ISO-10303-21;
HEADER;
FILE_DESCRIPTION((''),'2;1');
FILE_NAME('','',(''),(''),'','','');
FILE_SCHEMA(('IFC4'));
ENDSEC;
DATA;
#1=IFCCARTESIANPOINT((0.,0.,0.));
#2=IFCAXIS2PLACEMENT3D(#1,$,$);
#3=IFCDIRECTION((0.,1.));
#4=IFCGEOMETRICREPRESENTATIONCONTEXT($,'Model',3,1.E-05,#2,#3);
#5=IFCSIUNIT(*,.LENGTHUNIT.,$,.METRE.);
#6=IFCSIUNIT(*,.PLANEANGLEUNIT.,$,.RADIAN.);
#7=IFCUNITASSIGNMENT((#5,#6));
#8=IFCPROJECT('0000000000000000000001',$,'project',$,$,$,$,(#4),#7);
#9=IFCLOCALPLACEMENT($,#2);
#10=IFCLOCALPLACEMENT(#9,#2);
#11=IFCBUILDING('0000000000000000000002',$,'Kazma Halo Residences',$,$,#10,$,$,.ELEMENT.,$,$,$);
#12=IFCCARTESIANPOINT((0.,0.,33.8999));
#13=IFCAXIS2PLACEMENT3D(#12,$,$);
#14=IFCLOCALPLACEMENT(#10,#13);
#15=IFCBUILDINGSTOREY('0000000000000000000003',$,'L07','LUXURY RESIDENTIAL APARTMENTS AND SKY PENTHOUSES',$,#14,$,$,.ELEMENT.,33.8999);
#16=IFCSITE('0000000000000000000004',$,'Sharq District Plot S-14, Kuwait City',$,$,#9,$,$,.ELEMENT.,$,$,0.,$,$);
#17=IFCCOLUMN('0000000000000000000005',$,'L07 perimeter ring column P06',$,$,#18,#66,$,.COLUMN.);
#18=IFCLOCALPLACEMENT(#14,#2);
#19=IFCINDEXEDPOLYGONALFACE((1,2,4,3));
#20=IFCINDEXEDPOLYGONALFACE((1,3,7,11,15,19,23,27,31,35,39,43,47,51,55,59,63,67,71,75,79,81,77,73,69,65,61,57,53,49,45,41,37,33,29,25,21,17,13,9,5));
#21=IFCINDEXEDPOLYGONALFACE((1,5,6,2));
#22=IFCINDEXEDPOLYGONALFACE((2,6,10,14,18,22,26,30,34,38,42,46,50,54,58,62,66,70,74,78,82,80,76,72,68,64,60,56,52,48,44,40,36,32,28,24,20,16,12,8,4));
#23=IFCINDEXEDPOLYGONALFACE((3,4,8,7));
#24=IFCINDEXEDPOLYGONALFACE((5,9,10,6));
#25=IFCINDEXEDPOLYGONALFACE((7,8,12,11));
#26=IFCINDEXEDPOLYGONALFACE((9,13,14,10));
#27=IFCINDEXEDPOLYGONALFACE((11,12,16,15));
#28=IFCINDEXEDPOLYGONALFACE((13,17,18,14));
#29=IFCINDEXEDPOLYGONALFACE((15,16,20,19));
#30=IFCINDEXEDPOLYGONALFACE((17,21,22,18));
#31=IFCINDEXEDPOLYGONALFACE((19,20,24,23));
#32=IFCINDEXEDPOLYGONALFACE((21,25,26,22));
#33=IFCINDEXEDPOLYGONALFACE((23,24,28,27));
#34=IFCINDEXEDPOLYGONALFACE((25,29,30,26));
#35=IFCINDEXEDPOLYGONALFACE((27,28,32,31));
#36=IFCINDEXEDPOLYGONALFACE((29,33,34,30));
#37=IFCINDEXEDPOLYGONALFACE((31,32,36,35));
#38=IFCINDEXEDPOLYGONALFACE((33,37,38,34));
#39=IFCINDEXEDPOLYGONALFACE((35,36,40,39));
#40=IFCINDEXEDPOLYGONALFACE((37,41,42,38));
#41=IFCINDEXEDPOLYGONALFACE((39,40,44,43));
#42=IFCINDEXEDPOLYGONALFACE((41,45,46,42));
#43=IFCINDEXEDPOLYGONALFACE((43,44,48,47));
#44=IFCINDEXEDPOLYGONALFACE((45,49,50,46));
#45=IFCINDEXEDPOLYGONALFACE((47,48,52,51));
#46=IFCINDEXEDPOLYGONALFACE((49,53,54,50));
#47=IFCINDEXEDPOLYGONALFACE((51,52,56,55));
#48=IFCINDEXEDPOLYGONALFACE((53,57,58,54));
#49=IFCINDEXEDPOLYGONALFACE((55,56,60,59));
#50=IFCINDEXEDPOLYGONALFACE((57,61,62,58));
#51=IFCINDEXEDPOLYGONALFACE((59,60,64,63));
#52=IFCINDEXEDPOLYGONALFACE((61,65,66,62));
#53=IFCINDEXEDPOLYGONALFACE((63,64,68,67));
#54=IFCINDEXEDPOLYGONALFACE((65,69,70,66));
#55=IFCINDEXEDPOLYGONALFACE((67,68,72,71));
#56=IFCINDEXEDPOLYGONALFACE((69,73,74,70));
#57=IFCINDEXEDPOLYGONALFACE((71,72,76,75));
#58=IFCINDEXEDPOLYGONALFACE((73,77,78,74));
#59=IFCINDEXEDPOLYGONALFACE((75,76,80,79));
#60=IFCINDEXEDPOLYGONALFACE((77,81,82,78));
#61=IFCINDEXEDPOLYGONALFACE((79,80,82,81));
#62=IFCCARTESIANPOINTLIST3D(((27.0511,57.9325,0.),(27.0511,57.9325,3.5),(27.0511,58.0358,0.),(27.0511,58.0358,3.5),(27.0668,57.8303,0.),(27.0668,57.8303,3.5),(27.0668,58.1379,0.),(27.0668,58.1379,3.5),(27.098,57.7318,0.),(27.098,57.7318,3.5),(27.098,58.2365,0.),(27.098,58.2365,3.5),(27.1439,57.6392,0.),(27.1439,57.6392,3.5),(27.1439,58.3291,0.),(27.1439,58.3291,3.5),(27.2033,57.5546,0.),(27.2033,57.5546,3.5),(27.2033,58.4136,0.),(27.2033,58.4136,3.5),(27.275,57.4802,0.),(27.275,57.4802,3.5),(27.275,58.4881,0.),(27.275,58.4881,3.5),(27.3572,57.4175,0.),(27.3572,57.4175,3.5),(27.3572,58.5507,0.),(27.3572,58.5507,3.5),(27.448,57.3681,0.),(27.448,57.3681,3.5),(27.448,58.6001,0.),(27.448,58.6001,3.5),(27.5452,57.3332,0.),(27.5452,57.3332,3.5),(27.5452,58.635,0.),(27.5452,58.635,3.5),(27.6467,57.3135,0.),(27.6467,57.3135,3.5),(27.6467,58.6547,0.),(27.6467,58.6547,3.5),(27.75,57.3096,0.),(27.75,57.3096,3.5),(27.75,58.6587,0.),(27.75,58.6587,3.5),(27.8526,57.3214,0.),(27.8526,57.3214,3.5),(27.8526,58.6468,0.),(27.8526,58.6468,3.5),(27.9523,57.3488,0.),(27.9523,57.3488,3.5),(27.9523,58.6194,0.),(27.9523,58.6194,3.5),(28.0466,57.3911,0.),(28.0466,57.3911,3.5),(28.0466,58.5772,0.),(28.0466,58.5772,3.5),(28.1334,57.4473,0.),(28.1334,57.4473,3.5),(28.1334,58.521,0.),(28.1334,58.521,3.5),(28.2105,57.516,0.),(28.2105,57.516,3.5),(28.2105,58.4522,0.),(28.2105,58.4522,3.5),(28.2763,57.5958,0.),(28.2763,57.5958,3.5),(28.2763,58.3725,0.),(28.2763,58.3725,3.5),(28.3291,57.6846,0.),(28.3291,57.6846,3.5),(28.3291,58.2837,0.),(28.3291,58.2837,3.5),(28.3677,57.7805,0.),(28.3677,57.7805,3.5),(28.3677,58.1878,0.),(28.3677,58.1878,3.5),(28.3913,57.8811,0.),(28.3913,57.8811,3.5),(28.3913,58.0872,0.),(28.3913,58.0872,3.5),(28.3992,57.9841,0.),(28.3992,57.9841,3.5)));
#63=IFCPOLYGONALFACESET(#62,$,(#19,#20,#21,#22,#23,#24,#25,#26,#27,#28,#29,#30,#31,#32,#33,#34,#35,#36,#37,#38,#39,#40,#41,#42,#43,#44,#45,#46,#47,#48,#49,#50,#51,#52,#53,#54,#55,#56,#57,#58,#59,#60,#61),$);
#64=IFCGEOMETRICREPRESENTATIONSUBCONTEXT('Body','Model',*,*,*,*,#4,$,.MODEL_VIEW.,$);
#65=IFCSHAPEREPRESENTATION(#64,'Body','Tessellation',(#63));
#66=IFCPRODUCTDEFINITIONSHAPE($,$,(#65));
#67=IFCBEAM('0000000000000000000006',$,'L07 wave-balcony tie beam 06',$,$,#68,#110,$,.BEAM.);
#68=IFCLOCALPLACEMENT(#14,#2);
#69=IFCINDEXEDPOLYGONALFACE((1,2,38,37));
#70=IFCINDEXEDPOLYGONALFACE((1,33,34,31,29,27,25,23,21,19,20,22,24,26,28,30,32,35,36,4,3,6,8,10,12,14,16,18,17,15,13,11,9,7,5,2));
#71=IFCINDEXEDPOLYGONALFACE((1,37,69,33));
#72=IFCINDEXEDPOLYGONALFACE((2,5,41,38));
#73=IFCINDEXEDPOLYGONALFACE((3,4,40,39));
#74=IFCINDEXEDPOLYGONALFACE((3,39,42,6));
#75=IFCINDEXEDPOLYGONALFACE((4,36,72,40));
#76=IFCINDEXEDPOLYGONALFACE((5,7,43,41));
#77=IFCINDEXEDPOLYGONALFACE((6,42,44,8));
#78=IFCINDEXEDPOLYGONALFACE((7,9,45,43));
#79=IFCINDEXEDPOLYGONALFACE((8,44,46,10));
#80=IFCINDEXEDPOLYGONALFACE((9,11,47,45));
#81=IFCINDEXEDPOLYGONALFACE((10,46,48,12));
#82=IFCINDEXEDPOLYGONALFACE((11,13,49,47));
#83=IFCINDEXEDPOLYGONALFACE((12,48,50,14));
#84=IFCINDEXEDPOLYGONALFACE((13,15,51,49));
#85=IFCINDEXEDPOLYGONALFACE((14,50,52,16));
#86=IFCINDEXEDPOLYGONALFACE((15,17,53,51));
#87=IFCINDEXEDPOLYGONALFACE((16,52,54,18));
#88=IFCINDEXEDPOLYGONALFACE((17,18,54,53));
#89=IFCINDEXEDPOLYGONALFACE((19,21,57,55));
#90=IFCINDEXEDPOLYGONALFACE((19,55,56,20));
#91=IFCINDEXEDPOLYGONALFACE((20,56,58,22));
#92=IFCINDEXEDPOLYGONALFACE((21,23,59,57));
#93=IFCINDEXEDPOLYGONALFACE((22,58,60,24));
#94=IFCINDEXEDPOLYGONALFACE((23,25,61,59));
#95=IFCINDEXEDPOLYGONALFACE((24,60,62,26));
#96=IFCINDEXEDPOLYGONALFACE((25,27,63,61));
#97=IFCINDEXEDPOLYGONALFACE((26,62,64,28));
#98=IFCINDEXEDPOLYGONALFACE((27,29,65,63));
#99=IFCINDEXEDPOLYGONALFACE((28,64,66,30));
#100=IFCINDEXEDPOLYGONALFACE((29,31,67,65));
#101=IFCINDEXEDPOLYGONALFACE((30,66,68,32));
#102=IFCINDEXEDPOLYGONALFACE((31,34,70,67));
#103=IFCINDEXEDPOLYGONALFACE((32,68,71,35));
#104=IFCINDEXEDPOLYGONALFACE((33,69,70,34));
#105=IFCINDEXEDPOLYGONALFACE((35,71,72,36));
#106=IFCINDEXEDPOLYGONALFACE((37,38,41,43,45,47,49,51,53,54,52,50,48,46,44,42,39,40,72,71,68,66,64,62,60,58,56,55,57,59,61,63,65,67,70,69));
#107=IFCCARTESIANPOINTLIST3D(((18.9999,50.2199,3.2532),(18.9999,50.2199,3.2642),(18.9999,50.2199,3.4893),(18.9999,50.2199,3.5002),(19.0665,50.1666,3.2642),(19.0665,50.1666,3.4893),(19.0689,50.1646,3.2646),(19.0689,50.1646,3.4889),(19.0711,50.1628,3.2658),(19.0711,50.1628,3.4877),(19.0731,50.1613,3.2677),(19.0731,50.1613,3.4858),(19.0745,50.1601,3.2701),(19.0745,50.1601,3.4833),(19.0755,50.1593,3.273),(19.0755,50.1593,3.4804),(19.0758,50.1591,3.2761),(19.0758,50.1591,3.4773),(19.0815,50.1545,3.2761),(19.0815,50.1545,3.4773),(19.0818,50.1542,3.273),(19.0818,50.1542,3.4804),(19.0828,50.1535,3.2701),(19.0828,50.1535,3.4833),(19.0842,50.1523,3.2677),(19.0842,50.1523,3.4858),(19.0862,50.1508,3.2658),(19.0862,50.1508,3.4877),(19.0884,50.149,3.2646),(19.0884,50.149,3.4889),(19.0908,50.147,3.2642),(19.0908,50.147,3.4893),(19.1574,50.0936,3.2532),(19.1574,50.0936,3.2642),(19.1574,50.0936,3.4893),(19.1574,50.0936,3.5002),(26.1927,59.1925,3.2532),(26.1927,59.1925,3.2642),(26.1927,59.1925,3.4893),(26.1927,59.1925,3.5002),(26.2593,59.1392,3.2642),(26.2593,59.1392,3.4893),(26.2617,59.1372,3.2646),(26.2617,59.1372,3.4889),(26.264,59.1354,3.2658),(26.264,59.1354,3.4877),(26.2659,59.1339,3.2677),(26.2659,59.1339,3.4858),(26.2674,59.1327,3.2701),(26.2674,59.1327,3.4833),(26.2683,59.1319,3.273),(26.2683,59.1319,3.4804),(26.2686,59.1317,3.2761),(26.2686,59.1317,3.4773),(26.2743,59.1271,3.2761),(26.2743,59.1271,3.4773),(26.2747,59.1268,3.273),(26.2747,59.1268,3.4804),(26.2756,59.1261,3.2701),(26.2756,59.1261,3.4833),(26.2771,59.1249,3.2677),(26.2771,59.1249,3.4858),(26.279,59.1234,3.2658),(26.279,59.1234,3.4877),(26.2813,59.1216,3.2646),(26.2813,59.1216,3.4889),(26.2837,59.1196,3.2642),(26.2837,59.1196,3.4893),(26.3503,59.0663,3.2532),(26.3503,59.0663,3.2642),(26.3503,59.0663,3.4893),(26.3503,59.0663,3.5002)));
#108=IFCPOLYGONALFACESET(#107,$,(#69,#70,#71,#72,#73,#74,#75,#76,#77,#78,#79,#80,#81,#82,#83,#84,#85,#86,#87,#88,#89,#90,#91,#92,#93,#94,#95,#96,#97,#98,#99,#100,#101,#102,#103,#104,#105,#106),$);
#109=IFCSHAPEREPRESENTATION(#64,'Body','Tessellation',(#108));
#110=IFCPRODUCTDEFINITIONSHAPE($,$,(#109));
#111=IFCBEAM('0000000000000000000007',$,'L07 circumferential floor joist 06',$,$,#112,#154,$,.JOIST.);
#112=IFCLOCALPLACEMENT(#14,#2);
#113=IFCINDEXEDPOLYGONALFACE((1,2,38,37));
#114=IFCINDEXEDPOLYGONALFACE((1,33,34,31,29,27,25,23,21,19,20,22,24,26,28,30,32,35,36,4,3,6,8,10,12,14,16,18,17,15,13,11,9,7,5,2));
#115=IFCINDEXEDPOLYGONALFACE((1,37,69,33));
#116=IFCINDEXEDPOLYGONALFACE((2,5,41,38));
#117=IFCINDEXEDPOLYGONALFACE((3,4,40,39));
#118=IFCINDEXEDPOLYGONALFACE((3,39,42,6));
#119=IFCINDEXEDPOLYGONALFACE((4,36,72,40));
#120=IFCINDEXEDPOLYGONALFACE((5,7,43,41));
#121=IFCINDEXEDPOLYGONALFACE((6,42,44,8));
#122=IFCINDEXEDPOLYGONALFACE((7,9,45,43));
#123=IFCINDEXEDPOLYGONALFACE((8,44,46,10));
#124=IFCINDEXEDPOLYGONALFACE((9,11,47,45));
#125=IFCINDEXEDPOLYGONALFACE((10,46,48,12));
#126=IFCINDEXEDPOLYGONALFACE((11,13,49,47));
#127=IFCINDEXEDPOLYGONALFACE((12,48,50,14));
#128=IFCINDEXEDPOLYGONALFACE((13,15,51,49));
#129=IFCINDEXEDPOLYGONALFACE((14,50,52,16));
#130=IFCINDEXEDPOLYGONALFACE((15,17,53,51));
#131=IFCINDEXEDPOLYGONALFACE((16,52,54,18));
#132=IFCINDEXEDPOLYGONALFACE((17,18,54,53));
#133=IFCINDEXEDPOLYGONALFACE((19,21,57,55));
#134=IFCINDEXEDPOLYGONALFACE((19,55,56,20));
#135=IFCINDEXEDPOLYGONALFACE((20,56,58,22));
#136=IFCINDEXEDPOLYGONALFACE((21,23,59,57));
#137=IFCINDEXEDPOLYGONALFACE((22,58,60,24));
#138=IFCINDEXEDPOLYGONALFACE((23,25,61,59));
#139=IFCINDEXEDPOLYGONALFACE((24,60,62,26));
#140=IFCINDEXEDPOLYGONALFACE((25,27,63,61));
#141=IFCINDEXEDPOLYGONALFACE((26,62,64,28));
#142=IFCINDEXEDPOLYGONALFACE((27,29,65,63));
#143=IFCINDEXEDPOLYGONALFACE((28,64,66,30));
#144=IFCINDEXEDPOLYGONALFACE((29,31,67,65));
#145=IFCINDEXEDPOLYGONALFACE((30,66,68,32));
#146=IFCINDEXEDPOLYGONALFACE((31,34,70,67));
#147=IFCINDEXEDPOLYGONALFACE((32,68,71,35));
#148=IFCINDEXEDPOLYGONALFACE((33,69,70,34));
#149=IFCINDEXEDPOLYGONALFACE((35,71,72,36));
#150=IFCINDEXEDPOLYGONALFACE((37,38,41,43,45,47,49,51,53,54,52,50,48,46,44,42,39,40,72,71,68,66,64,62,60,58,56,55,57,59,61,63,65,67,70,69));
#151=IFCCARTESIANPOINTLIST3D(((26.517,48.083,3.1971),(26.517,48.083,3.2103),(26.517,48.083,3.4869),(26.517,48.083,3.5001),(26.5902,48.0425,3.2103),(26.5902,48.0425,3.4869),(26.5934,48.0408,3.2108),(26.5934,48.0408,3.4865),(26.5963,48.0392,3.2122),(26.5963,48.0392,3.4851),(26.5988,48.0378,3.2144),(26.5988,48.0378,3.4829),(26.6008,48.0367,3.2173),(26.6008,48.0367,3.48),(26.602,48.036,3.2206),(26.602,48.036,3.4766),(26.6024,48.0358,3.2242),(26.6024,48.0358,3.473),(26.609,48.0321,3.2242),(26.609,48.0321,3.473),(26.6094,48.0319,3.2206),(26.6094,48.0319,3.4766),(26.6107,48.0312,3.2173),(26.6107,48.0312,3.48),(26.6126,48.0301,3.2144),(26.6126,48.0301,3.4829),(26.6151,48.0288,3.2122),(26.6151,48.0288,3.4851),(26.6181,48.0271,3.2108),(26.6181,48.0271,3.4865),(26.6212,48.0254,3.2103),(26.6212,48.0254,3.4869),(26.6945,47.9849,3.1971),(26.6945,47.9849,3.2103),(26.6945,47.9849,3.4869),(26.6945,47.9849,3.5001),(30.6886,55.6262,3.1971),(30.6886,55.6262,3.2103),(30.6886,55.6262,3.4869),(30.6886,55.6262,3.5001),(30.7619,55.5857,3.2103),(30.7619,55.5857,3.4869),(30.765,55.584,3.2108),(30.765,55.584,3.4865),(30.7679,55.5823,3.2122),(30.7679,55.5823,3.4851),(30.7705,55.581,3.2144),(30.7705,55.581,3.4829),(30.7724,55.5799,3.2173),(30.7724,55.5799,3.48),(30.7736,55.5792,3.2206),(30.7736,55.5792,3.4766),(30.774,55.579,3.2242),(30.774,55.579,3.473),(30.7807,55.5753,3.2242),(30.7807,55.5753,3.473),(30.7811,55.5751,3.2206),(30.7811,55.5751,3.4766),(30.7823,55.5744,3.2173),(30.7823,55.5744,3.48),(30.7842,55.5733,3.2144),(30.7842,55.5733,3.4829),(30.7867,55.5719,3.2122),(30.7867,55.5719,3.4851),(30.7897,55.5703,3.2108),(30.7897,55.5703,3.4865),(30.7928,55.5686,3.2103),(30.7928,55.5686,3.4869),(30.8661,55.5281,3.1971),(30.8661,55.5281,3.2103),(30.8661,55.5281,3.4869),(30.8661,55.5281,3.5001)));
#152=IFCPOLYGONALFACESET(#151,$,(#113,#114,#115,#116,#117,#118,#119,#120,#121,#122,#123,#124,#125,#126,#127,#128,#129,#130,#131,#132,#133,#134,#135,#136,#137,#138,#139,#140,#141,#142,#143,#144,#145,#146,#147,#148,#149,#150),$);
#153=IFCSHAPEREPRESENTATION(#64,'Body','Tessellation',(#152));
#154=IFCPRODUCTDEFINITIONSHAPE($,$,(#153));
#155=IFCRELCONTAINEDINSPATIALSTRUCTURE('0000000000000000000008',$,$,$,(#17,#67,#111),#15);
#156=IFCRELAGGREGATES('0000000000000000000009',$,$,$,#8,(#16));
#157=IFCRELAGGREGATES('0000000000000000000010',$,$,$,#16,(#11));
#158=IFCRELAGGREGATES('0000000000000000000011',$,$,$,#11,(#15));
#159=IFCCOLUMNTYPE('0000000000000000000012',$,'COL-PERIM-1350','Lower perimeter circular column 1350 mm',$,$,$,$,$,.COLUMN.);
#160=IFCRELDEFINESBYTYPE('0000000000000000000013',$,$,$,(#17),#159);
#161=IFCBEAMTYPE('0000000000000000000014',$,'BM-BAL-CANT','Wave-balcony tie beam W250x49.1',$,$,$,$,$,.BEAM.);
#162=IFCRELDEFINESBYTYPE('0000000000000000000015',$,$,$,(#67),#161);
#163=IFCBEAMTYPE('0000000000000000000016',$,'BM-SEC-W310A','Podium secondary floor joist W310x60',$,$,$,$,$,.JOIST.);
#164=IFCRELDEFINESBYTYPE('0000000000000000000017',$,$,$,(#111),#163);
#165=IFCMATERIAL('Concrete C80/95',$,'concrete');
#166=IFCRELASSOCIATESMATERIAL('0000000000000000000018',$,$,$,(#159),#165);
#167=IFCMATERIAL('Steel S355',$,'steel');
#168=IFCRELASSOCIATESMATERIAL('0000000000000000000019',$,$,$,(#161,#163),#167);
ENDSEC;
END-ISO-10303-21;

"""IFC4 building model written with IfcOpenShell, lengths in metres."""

from ifc_helpers import new_model, si_unit, direction, frame, origin, origin_2d, place, context, subcontext, project, spatial, circle, i_section, extrude, material, material_profile, profile_set, type_object, element, save


model = new_model("IFC4")

# Units and contexts
model_context = context("Model", 3, precision=1e-05, world=origin(), true_north=direction((0.0, 1.0)))
body_context = subcontext(model_context, "Body", "Model", "MODEL_VIEW")
ifc_project = project(units=[si_unit("LENGTHUNIT", "METRE"), si_unit("PLANEANGLEUNIT", "RADIAN")], contexts=[model_context])

# Site, building, storey
site_placement = place(None, origin())
site = spatial("IfcSite", under=ifc_project, at=site_placement, Name="Sharq District Plot S-14, Kuwait City", CompositionType="ELEMENT", RefElevation=0.0)
building_placement = place(site_placement, origin())
building = spatial("IfcBuilding", under=site, at=building_placement, Name="Kazma Halo Residences", CompositionType="ELEMENT")
storey_placement = place(building_placement, frame((0.0, 0.0, 33.8999)))
storey = spatial("IfcBuildingStorey", under=building, at=storey_placement, Name="L07", Description="LUXURY RESIDENTIAL APARTMENTS AND SKY PENTHOUSES", CompositionType="ELEMENT", Elevation=33.8999)

# Column
ifc_material_1 = material(Name="Concrete C80/95", Category="concrete")
ifc_material_profile_1 = material_profile(ifc_material_1, circle(Radius=0.675, at=origin_2d()), Name="CIRC1350")
ifc_profile_set_1 = profile_set([ifc_material_profile_1], Name="Concrete C80/95")
column_type = type_object("IfcColumnType", Name="COL-PERIM-1350", Description="Lower perimeter circular column 1350 mm", PredefinedType="COLUMN", material=ifc_profile_set_1)
column_placement = place(storey_placement, frame((27.7241, 57.9841, 0.0), z_axis=(0.0, 0.0, 1.0), x_axis=(1.0, 0.0, 0.0)))
element("IfcColumn", 1, at=column_placement, inside=storey, type_object=column_type, Name="L07 perimeter ring column P06", PredefinedType="COLUMN", context=body_context, shape_type="SweptSolid", body=[
    extrude(circle(Radius=0.675, at=origin_2d()), origin(), (0.0, 0.0, 1.0), 3.5),
])

# Beams
ifc_material_2 = material(Name="Steel S355", Category="steel")
ifc_material_profile_2 = material_profile(ifc_material_2, i_section(OverallWidth=0.2019, OverallDepth=0.2471, WebThickness=0.0073, FlangeThickness=0.011, FilletRadius=0.012, at=origin_2d()), Name="W250x49.1")
ifc_profile_set_2 = profile_set([ifc_material_profile_2], Name="Steel S355")
beam_type_1 = type_object("IfcBeamType", Name="BM-BAL-CANT", Description="Wave-balcony tie beam W250x49.1", PredefinedType="BEAM", material=ifc_profile_set_2)
beam_1_placement = place(storey_placement, frame((26.2715, 59.1294, 3.3767), z_axis=(-0.625477, -0.780243, 0.0), x_axis=(0.780243, -0.625477, 0.0)))
element("IfcBeam", 2, at=beam_1_placement, inside=storey, type_object=beam_type_1, Name="L07 wave-balcony tie beam 06", PredefinedType="BEAM", context=body_context, shape_type="SweptSolid", body=[
    extrude(i_section(OverallWidth=0.2019, OverallDepth=0.2471, WebThickness=0.0073, FlangeThickness=0.011, FilletRadius=0.012, at=origin_2d()), origin(), (0.0, 0.0, 1.0), 11.4998),
])
ifc_material_profile_3 = material_profile(ifc_material_2, i_section(OverallWidth=0.2029, OverallDepth=0.303, WebThickness=0.0076, FlangeThickness=0.0132, FilletRadius=0.0139, at=origin_2d()), Name="W310x60")
ifc_profile_set_3 = profile_set([ifc_material_profile_3], Name="Steel S355")
beam_type_2 = type_object("IfcBeamType", Name="BM-SEC-W310A", Description="Podium secondary floor joist W310x60", PredefinedType="JOIST", material=ifc_profile_set_3)
beam_2_placement = place(storey_placement, frame((30.7773, 55.5771, 3.3486), z_axis=(-0.483954, -0.875094, 0.0), x_axis=(0.875094, -0.483954, 0.0)))
element("IfcBeam", 3, at=beam_2_placement, inside=storey, type_object=beam_type_2, Name="L07 circumferential floor joist 06", PredefinedType="JOIST", context=body_context, shape_type="SweptSolid", body=[
    extrude(i_section(OverallWidth=0.2029, OverallDepth=0.303, WebThickness=0.0076, FlangeThickness=0.0132, FilletRadius=0.0139, at=origin_2d()), origin(), (0.0, 0.0, 1.0), 8.6199),
])

save(model, "model.ifc")
